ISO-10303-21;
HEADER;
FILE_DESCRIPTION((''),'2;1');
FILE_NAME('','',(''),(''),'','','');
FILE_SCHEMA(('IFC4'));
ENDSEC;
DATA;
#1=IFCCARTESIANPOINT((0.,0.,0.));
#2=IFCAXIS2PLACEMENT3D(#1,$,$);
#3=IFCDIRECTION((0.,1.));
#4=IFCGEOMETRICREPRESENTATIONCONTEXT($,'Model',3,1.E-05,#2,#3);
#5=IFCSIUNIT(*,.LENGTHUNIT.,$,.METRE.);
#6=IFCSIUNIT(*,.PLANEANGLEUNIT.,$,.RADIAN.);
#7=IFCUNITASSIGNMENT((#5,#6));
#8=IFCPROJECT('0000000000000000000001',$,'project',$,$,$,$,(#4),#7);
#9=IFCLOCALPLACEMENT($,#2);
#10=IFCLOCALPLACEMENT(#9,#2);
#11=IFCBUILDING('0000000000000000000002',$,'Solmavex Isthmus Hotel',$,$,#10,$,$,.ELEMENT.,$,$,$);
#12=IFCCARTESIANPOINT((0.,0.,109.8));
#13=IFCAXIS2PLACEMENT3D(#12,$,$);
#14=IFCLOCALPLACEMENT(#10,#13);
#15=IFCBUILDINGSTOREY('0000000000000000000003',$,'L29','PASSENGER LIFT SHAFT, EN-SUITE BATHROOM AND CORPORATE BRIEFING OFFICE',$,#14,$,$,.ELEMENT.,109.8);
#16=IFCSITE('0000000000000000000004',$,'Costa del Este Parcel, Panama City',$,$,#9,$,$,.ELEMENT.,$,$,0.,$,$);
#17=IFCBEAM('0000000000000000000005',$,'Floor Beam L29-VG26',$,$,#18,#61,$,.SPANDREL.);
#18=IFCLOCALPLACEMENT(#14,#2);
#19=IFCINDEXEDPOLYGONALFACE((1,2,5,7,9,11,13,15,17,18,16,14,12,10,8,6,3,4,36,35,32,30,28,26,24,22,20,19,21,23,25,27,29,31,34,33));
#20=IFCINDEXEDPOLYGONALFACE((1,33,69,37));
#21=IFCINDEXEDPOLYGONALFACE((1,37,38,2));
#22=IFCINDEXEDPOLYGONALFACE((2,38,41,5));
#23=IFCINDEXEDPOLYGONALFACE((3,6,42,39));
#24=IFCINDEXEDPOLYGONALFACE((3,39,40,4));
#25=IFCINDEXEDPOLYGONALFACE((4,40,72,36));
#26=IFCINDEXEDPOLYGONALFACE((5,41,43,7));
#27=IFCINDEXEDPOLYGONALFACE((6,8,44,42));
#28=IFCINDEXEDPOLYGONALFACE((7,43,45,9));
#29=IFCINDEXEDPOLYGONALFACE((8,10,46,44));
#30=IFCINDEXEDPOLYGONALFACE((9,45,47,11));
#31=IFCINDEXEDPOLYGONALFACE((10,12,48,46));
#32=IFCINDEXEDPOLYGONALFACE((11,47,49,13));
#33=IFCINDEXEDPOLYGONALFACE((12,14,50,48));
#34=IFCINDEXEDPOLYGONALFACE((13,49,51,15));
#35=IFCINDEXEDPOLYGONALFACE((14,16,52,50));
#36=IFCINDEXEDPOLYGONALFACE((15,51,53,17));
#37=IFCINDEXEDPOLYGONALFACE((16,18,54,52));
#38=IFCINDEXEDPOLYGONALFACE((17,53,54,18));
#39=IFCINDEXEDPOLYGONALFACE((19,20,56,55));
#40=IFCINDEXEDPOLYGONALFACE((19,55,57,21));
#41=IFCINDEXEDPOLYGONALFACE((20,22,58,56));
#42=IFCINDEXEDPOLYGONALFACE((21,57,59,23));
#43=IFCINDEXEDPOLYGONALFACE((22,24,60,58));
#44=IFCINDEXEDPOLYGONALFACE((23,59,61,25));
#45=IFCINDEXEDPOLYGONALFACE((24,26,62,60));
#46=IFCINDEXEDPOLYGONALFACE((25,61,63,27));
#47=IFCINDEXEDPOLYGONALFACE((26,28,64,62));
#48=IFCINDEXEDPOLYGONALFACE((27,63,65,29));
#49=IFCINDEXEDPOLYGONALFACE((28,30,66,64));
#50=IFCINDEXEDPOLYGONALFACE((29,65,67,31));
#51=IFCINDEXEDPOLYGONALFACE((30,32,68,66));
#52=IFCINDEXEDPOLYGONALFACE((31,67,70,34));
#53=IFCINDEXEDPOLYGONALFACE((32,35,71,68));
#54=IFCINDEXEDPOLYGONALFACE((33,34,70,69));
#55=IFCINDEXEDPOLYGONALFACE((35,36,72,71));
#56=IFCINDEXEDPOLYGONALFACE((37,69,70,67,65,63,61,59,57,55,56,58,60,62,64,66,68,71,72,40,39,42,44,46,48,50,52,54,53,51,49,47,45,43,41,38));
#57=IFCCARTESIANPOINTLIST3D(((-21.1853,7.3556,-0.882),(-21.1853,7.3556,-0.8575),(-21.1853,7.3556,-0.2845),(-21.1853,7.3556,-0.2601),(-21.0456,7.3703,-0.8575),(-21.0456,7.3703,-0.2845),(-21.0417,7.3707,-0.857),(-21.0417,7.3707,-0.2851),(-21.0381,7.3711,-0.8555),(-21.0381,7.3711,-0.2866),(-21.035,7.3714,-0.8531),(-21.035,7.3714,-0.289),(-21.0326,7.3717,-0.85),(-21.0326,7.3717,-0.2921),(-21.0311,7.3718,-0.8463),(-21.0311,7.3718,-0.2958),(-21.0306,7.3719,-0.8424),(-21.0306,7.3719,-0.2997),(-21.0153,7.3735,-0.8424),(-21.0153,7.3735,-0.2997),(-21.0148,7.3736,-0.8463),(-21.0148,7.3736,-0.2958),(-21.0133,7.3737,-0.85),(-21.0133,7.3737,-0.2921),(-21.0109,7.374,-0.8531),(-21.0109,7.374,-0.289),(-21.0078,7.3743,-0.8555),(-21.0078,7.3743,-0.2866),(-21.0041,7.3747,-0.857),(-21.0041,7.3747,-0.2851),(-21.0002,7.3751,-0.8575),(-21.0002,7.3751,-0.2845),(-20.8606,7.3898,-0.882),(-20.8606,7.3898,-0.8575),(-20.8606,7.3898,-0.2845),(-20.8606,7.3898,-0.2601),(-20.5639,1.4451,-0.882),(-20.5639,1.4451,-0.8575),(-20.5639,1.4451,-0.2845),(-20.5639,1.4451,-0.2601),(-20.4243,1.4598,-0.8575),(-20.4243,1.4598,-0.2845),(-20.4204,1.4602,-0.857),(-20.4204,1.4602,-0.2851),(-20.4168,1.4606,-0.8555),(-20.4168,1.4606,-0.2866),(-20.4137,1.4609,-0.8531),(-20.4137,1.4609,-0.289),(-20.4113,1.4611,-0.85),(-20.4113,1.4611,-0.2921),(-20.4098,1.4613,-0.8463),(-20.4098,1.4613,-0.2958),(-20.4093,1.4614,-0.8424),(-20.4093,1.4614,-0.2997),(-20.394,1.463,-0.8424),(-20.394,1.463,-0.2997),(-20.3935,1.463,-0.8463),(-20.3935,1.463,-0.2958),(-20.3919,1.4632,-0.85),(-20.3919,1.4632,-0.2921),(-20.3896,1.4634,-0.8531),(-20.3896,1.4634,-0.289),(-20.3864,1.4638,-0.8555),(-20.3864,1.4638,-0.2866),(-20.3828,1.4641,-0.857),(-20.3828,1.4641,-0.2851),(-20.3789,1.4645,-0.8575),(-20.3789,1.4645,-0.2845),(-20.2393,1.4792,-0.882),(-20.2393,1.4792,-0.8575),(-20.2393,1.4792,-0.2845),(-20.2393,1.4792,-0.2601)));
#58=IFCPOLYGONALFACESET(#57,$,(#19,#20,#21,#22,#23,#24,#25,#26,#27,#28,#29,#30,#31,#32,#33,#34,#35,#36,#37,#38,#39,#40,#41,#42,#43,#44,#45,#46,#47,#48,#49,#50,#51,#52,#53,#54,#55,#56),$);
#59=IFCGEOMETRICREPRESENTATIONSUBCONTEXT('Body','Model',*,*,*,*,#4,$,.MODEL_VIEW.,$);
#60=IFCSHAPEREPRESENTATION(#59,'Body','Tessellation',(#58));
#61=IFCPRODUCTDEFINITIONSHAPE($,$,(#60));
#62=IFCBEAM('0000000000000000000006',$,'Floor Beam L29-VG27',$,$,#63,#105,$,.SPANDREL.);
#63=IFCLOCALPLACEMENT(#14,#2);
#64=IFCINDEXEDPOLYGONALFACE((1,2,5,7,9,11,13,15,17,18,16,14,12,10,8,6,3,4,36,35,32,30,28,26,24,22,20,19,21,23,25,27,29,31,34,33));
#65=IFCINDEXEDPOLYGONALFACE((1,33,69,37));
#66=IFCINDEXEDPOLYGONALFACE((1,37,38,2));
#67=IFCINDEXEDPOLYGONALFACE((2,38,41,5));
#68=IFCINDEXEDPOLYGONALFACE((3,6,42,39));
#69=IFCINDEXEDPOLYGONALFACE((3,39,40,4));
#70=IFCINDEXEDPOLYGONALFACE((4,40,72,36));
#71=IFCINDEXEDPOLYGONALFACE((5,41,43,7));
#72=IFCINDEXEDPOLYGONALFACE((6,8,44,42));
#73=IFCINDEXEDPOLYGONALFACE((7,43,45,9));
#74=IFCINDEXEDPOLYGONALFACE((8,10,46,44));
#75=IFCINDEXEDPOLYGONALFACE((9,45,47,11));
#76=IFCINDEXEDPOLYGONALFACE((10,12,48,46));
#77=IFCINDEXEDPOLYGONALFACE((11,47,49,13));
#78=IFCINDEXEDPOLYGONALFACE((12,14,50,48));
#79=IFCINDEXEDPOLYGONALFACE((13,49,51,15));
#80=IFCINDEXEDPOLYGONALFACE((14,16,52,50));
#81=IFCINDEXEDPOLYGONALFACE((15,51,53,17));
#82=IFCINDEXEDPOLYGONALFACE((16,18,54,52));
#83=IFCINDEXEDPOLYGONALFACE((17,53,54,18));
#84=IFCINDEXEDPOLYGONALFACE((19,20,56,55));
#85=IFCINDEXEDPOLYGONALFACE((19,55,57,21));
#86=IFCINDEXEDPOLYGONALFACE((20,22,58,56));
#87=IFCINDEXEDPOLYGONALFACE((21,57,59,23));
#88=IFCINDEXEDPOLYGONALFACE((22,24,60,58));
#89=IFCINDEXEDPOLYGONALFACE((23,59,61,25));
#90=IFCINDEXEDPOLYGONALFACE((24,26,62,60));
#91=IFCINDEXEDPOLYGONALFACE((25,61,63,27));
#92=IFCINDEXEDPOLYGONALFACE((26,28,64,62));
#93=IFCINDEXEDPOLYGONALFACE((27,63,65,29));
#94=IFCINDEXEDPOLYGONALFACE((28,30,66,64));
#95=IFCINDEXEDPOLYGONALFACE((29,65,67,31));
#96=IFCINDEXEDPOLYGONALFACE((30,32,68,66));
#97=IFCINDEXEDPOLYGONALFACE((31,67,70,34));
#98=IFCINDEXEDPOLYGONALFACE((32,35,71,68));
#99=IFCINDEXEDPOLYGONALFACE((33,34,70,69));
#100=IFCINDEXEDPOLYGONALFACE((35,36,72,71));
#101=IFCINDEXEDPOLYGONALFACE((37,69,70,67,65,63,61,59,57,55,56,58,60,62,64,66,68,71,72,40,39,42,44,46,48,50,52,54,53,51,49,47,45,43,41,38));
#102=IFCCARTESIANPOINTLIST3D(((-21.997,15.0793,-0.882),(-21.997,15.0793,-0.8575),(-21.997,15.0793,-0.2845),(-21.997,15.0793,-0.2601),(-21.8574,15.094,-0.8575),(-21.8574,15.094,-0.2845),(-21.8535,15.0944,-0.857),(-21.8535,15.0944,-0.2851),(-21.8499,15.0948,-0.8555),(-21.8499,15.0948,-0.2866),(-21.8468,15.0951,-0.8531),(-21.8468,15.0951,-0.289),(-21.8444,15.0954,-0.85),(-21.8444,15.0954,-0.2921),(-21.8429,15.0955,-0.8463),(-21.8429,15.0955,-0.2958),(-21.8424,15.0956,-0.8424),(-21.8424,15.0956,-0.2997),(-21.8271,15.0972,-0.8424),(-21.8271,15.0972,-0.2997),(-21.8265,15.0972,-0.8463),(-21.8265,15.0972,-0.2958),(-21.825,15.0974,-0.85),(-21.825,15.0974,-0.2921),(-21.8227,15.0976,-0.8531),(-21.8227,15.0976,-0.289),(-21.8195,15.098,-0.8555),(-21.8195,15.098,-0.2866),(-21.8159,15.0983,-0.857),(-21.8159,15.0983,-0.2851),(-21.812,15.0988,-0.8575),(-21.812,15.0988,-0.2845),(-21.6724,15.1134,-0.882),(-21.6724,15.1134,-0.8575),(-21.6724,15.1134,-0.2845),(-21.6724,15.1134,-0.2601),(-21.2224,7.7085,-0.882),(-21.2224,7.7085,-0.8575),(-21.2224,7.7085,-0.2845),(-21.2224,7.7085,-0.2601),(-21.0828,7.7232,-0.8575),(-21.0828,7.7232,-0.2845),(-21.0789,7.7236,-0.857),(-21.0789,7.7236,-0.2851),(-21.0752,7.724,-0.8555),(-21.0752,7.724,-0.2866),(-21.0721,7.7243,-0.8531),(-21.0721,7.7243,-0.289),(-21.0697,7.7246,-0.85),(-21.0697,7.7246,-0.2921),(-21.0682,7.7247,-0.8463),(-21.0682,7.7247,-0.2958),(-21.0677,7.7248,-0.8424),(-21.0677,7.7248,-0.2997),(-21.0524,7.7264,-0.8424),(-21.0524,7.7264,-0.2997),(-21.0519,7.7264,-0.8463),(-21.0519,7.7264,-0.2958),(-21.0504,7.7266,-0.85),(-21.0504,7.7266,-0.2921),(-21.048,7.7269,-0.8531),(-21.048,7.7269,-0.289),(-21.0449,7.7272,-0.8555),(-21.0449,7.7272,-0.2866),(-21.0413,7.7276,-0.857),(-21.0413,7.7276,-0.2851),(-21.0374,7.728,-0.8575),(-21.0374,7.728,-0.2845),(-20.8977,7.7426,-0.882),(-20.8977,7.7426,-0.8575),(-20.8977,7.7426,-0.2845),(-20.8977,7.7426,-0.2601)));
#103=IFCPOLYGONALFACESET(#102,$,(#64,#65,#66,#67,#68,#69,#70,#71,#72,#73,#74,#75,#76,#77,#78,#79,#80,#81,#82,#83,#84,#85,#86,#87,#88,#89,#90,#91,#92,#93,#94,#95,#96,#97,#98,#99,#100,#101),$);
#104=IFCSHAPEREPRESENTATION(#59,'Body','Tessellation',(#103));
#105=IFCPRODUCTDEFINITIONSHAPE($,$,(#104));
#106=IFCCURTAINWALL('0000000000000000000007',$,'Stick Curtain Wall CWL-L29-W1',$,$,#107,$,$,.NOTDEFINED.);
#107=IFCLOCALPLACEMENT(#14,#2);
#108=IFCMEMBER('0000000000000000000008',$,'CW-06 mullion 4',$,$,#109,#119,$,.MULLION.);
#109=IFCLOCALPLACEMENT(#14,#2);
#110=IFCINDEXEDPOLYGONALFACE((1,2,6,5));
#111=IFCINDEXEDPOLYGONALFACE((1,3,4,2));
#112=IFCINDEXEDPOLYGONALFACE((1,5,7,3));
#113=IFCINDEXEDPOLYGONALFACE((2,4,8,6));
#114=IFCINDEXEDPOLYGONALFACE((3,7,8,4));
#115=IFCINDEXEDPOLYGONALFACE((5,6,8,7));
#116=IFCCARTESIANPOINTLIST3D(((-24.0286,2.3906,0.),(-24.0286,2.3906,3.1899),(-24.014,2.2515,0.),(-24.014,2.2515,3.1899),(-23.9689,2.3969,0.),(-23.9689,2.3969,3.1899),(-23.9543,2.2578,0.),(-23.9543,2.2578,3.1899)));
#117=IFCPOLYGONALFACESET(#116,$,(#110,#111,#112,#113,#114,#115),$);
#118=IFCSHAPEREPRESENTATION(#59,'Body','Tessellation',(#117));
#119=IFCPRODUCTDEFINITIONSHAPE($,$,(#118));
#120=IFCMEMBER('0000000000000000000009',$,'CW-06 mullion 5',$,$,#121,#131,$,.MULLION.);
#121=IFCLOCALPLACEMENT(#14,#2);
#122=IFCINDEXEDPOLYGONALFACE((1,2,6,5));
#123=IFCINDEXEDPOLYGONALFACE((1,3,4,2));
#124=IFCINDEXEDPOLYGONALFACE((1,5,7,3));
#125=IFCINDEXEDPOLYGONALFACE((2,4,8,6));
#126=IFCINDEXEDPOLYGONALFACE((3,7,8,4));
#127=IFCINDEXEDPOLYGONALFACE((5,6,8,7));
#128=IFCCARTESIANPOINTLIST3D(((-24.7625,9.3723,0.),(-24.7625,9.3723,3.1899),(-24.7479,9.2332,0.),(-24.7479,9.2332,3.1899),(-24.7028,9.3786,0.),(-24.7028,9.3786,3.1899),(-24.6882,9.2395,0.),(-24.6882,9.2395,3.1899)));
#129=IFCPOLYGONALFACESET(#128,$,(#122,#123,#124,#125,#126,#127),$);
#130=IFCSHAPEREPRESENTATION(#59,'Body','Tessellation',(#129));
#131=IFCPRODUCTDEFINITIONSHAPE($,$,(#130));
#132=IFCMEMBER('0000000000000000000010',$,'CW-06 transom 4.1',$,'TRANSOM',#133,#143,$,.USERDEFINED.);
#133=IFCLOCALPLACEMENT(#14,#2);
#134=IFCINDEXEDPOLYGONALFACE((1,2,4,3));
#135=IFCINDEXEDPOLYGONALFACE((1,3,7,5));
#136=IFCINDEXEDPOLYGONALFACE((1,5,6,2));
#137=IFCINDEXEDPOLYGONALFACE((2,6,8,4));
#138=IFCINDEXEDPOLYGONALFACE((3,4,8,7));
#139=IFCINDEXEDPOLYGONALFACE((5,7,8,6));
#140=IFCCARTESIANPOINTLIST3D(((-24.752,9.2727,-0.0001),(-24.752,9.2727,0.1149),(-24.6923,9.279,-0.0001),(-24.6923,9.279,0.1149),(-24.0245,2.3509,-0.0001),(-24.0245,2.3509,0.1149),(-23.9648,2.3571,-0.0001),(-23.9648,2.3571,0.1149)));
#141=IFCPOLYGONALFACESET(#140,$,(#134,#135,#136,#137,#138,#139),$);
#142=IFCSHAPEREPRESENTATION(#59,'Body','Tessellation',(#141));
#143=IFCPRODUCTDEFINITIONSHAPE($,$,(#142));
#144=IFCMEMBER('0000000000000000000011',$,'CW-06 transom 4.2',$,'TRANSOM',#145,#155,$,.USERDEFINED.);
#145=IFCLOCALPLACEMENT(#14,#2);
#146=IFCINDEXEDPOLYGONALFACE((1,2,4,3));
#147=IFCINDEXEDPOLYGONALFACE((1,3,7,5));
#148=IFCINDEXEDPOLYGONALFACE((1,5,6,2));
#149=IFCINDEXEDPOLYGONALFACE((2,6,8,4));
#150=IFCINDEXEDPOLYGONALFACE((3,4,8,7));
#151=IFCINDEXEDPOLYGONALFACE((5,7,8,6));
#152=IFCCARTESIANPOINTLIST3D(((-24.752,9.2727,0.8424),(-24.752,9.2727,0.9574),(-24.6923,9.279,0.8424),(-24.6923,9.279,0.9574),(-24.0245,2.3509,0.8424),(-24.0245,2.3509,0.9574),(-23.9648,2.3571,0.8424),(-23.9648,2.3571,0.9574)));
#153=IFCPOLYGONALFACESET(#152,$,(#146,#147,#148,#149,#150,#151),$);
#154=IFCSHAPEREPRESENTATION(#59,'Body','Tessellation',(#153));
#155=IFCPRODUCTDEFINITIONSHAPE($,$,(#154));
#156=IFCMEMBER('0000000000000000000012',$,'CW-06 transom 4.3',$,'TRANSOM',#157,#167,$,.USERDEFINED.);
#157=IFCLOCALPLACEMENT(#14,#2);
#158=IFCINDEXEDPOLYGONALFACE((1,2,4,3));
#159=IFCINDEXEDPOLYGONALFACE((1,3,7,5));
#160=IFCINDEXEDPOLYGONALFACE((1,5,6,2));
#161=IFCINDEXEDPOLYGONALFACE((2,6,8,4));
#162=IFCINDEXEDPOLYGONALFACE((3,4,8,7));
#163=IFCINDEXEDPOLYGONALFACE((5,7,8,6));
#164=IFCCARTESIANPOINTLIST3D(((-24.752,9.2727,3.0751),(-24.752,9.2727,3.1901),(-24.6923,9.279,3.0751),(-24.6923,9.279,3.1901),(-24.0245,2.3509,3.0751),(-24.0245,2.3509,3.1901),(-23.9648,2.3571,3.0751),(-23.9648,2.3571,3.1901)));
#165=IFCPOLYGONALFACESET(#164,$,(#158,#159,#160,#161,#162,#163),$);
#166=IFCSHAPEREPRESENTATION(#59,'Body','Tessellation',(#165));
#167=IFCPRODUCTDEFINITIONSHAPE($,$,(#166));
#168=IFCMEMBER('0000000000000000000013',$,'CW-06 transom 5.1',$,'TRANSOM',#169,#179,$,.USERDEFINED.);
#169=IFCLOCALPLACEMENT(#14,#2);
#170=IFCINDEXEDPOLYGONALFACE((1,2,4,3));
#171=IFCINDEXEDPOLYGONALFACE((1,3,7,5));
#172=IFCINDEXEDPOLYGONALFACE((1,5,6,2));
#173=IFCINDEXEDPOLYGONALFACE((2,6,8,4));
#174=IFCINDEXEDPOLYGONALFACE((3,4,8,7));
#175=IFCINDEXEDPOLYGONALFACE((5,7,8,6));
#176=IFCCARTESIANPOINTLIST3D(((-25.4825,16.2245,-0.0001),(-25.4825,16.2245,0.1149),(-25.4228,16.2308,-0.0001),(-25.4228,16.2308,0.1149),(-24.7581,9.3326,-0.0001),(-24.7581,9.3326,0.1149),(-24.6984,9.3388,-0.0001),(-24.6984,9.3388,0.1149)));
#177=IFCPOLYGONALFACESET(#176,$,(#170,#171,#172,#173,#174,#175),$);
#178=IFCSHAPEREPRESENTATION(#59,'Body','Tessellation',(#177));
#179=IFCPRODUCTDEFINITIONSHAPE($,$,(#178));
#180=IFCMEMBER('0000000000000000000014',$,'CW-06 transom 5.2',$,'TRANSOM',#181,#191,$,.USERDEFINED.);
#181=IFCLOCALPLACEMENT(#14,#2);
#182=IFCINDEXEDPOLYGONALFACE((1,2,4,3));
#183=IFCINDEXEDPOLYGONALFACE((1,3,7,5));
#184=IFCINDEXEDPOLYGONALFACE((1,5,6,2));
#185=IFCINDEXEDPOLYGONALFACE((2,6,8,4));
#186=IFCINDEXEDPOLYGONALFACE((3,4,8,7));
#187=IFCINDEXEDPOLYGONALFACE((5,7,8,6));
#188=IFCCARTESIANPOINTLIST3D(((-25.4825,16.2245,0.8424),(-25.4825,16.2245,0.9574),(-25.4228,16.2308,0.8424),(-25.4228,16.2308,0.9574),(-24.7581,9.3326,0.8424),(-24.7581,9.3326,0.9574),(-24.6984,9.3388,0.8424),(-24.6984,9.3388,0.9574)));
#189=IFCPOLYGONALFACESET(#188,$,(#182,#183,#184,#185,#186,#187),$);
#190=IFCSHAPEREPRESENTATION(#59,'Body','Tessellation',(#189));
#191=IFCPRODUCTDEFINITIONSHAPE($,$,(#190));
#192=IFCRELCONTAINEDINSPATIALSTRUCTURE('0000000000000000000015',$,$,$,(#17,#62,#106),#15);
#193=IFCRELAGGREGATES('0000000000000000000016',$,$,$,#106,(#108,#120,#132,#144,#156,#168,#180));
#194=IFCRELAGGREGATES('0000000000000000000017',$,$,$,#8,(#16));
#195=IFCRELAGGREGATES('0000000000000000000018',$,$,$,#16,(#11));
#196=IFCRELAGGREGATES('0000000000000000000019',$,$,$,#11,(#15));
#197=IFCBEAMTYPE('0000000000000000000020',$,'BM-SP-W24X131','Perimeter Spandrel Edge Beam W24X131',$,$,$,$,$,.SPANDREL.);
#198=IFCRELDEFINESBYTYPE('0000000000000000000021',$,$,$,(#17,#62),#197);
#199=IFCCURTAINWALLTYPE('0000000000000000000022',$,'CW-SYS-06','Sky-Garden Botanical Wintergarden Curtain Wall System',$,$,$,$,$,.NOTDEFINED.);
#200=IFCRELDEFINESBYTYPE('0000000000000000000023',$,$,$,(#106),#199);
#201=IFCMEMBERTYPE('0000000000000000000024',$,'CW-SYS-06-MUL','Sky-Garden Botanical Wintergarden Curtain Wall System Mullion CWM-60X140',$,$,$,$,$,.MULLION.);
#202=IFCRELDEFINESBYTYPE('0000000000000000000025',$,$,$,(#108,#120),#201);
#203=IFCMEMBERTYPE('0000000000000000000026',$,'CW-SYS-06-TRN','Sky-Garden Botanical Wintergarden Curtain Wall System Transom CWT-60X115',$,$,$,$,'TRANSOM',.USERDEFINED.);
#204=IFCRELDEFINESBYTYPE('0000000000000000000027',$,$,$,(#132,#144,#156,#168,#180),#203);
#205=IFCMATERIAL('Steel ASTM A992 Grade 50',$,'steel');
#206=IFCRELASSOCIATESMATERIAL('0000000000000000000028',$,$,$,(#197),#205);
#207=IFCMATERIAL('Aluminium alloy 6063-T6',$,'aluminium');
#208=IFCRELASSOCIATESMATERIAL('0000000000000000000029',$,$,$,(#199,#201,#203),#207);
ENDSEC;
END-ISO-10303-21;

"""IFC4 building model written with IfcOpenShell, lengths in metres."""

from ifc_helpers import new_model, si_unit, direction, frame, origin, origin_2d, place, context, subcontext, project, spatial, rectangle, i_section, extrude, material, material_profile, profile_set, type_object, element, aggregate, save


model = new_model("IFC4")

# Units and contexts
model_context = context("Model", 3, precision=1e-05, world=origin(), true_north=direction((0.0, 1.0)))
body_context = subcontext(model_context, "Body", "Model", "MODEL_VIEW")
ifc_project = project(units=[si_unit("LENGTHUNIT", "METRE"), si_unit("PLANEANGLEUNIT", "RADIAN")], contexts=[model_context])

# Site, building, storey
site_placement = place(None, origin())
site = spatial("IfcSite", under=ifc_project, at=site_placement, Name="Costa del Este Parcel, Panama City", CompositionType="ELEMENT", RefElevation=0.0)
building_placement = place(site_placement, origin())
building = spatial("IfcBuilding", under=site, at=building_placement, Name="Solmavex Isthmus Hotel", CompositionType="ELEMENT")
storey_placement = place(building_placement, frame((0.0, 0.0, 109.8)))
storey = spatial("IfcBuildingStorey", under=building, at=storey_placement, Name="L29", Description="PASSENGER LIFT SHAFT, EN-SUITE BATHROOM AND CORPORATE BRIEFING OFFICE", CompositionType="ELEMENT", Elevation=109.8)

# Beams
ifc_material_1 = material(Name="Steel ASTM A992 Grade 50", Category="steel")
ifc_material_profile_1 = material_profile(ifc_material_1, i_section(OverallWidth=0.3264, OverallDepth=0.6218, WebThickness=0.0154, FlangeThickness=0.0244, FilletRadius=0.0151, at=origin_2d()), Name="W24X131")
ifc_profile_set_1 = profile_set([ifc_material_profile_1], Name="Steel ASTM A992 Grade 50")
beam_type_1 = type_object("IfcBeamType", Name="BM-SP-W24X131", Description="Perimeter Spandrel Edge Beam W24X131", PredefinedType="SPANDREL", material=ifc_profile_set_1)
beam_1_placement = place(storey_placement, frame((-20.4016, 1.4622, -0.571), z_axis=(-0.104546, 0.99452, 0.0), x_axis=(-0.99452, -0.104546, 0.0)))
element("IfcBeam", 1, at=beam_1_placement, inside=storey, type_object=beam_type_1, Name="Floor Beam L29-VG26", PredefinedType="SPANDREL", context=body_context, shape_type="SweptSolid", body=[
    extrude(i_section(OverallWidth=0.3264, OverallDepth=0.6218, WebThickness=0.0154, FlangeThickness=0.0244, FilletRadius=0.0151, at=origin_2d()), origin(), (0.0, 0.0, 1.0), 5.9431),
])
beam_2_placement = place(storey_placement, frame((-21.0601, 7.7256, -0.571), z_axis=(-0.104522, 0.994523, 0.0), x_axis=(-0.994523, -0.104522, 0.0)))
element("IfcBeam", 2, at=beam_2_placement, inside=storey, type_object=beam_type_1, Name="Floor Beam L29-VG27", PredefinedType="SPANDREL", context=body_context, shape_type="SweptSolid", body=[
    extrude(i_section(OverallWidth=0.3264, OverallDepth=0.6218, WebThickness=0.0154, FlangeThickness=0.0244, FilletRadius=0.0151, at=origin_2d()), origin(), (0.0, 0.0, 1.0), 7.4114),
])

# Curtain wall, members
ifc_material_2 = material(Name="Aluminium alloy 6063-T6", Category="aluminium")
curtain_wall_type = type_object("IfcCurtainWallType", Name="CW-SYS-06", Description="Sky-Garden Botanical Wintergarden Curtain Wall System", PredefinedType="NOTDEFINED", material=ifc_material_2)
curtain_wall_placement = place(storey_placement, origin())
curtain_wall = element("IfcCurtainWall", 3, at=curtain_wall_placement, inside=storey, type_object=curtain_wall_type, Name="Stick Curtain Wall CWL-L29-W1", PredefinedType="NOTDEFINED")
ifc_material_profile_2 = material_profile(ifc_material_2, rectangle(XDim=0.0601, YDim=0.1399, at=origin_2d()), Name="CWM-60X140")
ifc_profile_set_2 = profile_set([ifc_material_profile_2], Name="Aluminium alloy 6063-T6")
member_type_1 = type_object("IfcMemberType", Name="CW-SYS-06-MUL", Description="Sky-Garden Botanical Wintergarden Curtain Wall System Mullion CWM-60X140", PredefinedType="MULLION", material=ifc_profile_set_2)
member_1_placement = place(storey_placement, frame((-23.9915, 2.3242, 0.0), z_axis=(0.0, 0.0, 1.0), x_axis=(-0.994522, -0.104528, 0.0)))
member_1 = element("IfcMember", 4, at=member_1_placement, type_object=member_type_1, Name="CW-06 mullion 4", PredefinedType="MULLION", context=body_context, shape_type="SweptSolid", body=[
    extrude(rectangle(XDim=0.0601, YDim=0.1399, at=origin_2d()), origin(), (0.0, 0.0, 1.0), 3.1899),
])
member_2_placement = place(storey_placement, frame((-24.7253, 9.3059, 0.0), z_axis=(0.0, 0.0, 1.0), x_axis=(-0.994522, -0.104528, 0.0)))
member_2 = element("IfcMember", 5, at=member_2_placement, type_object=member_type_1, Name="CW-06 mullion 5", PredefinedType="MULLION", context=body_context, shape_type="SweptSolid", body=[
    extrude(rectangle(XDim=0.0601, YDim=0.1399, at=origin_2d()), origin(), (0.0, 0.0, 1.0), 3.1899),
])
ifc_material_profile_3 = material_profile(ifc_material_2, rectangle(XDim=0.0601, YDim=0.115, at=origin_2d()), Name="CWT-60X115")
ifc_profile_set_3 = profile_set([ifc_material_profile_3], Name="Aluminium alloy 6063-T6")
member_type_2 = type_object("IfcMemberType", Name="CW-SYS-06-TRN", Description="Sky-Garden Botanical Wintergarden Curtain Wall System Transom CWT-60X115", ElementType="TRANSOM", PredefinedType="USERDEFINED", material=ifc_profile_set_3)
member_3_placement = place(storey_placement, frame((-23.9946, 2.354, 0.0574), z_axis=(-0.104531, 0.994522, 0.0), x_axis=(-0.994522, -0.104531, 0.0)))
member_3 = element("IfcMember", 6, at=member_3_placement, type_object=member_type_2, Name="CW-06 transom 4.1", ObjectType="TRANSOM", PredefinedType="USERDEFINED", context=body_context, shape_type="SweptSolid", body=[
    extrude(rectangle(XDim=0.0601, YDim=0.115, at=origin_2d()), origin(), (0.0, 0.0, 1.0), 6.96),
])
member_4_placement = place(storey_placement, frame((-23.9946, 2.354, 0.8999), z_axis=(-0.104531, 0.994522, 0.0), x_axis=(-0.994522, -0.104531, 0.0)))
member_4 = element("IfcMember", 7, at=member_4_placement, type_object=member_type_2, Name="CW-06 transom 4.2", ObjectType="TRANSOM", PredefinedType="USERDEFINED", context=body_context, shape_type="SweptSolid", body=[
    extrude(rectangle(XDim=0.0601, YDim=0.115, at=origin_2d()), origin(), (0.0, 0.0, 1.0), 6.96),
])
member_5_placement = place(storey_placement, frame((-23.9946, 2.354, 3.1326), z_axis=(-0.104531, 0.994522, 0.0), x_axis=(-0.994522, -0.104531, 0.0)))
member_5 = element("IfcMember", 8, at=member_5_placement, type_object=member_type_2, Name="CW-06 transom 4.3", ObjectType="TRANSOM", PredefinedType="USERDEFINED", context=body_context, shape_type="SweptSolid", body=[
    extrude(rectangle(XDim=0.0601, YDim=0.115, at=origin_2d()), origin(), (0.0, 0.0, 1.0), 6.96),
])
member_6_placement = place(storey_placement, frame((-24.7283, 9.3357, 0.0574), z_axis=(-0.104525, 0.994522, 0.0), x_axis=(-0.994522, -0.104525, 0.0)))
member_6 = element("IfcMember", 9, at=member_6_placement, type_object=member_type_2, Name="CW-06 transom 5.1", ObjectType="TRANSOM", PredefinedType="USERDEFINED", context=body_context, shape_type="SweptSolid", body=[
    extrude(rectangle(XDim=0.0601, YDim=0.115, at=origin_2d()), origin(), (0.0, 0.0, 1.0), 6.9299),
])
member_7_placement = place(storey_placement, frame((-24.7283, 9.3357, 0.8999), z_axis=(-0.104525, 0.994522, 0.0), x_axis=(-0.994522, -0.104525, 0.0)))
member_7 = element("IfcMember", 10, at=member_7_placement, type_object=member_type_2, Name="CW-06 transom 5.2", ObjectType="TRANSOM", PredefinedType="USERDEFINED", context=body_context, shape_type="SweptSolid", body=[
    extrude(rectangle(XDim=0.0601, YDim=0.115, at=origin_2d()), origin(), (0.0, 0.0, 1.0), 6.9299),
])
aggregate(curtain_wall, [member_1, member_2, member_3, member_4, member_5, member_6, member_7])

save(model, "model.ifc")
